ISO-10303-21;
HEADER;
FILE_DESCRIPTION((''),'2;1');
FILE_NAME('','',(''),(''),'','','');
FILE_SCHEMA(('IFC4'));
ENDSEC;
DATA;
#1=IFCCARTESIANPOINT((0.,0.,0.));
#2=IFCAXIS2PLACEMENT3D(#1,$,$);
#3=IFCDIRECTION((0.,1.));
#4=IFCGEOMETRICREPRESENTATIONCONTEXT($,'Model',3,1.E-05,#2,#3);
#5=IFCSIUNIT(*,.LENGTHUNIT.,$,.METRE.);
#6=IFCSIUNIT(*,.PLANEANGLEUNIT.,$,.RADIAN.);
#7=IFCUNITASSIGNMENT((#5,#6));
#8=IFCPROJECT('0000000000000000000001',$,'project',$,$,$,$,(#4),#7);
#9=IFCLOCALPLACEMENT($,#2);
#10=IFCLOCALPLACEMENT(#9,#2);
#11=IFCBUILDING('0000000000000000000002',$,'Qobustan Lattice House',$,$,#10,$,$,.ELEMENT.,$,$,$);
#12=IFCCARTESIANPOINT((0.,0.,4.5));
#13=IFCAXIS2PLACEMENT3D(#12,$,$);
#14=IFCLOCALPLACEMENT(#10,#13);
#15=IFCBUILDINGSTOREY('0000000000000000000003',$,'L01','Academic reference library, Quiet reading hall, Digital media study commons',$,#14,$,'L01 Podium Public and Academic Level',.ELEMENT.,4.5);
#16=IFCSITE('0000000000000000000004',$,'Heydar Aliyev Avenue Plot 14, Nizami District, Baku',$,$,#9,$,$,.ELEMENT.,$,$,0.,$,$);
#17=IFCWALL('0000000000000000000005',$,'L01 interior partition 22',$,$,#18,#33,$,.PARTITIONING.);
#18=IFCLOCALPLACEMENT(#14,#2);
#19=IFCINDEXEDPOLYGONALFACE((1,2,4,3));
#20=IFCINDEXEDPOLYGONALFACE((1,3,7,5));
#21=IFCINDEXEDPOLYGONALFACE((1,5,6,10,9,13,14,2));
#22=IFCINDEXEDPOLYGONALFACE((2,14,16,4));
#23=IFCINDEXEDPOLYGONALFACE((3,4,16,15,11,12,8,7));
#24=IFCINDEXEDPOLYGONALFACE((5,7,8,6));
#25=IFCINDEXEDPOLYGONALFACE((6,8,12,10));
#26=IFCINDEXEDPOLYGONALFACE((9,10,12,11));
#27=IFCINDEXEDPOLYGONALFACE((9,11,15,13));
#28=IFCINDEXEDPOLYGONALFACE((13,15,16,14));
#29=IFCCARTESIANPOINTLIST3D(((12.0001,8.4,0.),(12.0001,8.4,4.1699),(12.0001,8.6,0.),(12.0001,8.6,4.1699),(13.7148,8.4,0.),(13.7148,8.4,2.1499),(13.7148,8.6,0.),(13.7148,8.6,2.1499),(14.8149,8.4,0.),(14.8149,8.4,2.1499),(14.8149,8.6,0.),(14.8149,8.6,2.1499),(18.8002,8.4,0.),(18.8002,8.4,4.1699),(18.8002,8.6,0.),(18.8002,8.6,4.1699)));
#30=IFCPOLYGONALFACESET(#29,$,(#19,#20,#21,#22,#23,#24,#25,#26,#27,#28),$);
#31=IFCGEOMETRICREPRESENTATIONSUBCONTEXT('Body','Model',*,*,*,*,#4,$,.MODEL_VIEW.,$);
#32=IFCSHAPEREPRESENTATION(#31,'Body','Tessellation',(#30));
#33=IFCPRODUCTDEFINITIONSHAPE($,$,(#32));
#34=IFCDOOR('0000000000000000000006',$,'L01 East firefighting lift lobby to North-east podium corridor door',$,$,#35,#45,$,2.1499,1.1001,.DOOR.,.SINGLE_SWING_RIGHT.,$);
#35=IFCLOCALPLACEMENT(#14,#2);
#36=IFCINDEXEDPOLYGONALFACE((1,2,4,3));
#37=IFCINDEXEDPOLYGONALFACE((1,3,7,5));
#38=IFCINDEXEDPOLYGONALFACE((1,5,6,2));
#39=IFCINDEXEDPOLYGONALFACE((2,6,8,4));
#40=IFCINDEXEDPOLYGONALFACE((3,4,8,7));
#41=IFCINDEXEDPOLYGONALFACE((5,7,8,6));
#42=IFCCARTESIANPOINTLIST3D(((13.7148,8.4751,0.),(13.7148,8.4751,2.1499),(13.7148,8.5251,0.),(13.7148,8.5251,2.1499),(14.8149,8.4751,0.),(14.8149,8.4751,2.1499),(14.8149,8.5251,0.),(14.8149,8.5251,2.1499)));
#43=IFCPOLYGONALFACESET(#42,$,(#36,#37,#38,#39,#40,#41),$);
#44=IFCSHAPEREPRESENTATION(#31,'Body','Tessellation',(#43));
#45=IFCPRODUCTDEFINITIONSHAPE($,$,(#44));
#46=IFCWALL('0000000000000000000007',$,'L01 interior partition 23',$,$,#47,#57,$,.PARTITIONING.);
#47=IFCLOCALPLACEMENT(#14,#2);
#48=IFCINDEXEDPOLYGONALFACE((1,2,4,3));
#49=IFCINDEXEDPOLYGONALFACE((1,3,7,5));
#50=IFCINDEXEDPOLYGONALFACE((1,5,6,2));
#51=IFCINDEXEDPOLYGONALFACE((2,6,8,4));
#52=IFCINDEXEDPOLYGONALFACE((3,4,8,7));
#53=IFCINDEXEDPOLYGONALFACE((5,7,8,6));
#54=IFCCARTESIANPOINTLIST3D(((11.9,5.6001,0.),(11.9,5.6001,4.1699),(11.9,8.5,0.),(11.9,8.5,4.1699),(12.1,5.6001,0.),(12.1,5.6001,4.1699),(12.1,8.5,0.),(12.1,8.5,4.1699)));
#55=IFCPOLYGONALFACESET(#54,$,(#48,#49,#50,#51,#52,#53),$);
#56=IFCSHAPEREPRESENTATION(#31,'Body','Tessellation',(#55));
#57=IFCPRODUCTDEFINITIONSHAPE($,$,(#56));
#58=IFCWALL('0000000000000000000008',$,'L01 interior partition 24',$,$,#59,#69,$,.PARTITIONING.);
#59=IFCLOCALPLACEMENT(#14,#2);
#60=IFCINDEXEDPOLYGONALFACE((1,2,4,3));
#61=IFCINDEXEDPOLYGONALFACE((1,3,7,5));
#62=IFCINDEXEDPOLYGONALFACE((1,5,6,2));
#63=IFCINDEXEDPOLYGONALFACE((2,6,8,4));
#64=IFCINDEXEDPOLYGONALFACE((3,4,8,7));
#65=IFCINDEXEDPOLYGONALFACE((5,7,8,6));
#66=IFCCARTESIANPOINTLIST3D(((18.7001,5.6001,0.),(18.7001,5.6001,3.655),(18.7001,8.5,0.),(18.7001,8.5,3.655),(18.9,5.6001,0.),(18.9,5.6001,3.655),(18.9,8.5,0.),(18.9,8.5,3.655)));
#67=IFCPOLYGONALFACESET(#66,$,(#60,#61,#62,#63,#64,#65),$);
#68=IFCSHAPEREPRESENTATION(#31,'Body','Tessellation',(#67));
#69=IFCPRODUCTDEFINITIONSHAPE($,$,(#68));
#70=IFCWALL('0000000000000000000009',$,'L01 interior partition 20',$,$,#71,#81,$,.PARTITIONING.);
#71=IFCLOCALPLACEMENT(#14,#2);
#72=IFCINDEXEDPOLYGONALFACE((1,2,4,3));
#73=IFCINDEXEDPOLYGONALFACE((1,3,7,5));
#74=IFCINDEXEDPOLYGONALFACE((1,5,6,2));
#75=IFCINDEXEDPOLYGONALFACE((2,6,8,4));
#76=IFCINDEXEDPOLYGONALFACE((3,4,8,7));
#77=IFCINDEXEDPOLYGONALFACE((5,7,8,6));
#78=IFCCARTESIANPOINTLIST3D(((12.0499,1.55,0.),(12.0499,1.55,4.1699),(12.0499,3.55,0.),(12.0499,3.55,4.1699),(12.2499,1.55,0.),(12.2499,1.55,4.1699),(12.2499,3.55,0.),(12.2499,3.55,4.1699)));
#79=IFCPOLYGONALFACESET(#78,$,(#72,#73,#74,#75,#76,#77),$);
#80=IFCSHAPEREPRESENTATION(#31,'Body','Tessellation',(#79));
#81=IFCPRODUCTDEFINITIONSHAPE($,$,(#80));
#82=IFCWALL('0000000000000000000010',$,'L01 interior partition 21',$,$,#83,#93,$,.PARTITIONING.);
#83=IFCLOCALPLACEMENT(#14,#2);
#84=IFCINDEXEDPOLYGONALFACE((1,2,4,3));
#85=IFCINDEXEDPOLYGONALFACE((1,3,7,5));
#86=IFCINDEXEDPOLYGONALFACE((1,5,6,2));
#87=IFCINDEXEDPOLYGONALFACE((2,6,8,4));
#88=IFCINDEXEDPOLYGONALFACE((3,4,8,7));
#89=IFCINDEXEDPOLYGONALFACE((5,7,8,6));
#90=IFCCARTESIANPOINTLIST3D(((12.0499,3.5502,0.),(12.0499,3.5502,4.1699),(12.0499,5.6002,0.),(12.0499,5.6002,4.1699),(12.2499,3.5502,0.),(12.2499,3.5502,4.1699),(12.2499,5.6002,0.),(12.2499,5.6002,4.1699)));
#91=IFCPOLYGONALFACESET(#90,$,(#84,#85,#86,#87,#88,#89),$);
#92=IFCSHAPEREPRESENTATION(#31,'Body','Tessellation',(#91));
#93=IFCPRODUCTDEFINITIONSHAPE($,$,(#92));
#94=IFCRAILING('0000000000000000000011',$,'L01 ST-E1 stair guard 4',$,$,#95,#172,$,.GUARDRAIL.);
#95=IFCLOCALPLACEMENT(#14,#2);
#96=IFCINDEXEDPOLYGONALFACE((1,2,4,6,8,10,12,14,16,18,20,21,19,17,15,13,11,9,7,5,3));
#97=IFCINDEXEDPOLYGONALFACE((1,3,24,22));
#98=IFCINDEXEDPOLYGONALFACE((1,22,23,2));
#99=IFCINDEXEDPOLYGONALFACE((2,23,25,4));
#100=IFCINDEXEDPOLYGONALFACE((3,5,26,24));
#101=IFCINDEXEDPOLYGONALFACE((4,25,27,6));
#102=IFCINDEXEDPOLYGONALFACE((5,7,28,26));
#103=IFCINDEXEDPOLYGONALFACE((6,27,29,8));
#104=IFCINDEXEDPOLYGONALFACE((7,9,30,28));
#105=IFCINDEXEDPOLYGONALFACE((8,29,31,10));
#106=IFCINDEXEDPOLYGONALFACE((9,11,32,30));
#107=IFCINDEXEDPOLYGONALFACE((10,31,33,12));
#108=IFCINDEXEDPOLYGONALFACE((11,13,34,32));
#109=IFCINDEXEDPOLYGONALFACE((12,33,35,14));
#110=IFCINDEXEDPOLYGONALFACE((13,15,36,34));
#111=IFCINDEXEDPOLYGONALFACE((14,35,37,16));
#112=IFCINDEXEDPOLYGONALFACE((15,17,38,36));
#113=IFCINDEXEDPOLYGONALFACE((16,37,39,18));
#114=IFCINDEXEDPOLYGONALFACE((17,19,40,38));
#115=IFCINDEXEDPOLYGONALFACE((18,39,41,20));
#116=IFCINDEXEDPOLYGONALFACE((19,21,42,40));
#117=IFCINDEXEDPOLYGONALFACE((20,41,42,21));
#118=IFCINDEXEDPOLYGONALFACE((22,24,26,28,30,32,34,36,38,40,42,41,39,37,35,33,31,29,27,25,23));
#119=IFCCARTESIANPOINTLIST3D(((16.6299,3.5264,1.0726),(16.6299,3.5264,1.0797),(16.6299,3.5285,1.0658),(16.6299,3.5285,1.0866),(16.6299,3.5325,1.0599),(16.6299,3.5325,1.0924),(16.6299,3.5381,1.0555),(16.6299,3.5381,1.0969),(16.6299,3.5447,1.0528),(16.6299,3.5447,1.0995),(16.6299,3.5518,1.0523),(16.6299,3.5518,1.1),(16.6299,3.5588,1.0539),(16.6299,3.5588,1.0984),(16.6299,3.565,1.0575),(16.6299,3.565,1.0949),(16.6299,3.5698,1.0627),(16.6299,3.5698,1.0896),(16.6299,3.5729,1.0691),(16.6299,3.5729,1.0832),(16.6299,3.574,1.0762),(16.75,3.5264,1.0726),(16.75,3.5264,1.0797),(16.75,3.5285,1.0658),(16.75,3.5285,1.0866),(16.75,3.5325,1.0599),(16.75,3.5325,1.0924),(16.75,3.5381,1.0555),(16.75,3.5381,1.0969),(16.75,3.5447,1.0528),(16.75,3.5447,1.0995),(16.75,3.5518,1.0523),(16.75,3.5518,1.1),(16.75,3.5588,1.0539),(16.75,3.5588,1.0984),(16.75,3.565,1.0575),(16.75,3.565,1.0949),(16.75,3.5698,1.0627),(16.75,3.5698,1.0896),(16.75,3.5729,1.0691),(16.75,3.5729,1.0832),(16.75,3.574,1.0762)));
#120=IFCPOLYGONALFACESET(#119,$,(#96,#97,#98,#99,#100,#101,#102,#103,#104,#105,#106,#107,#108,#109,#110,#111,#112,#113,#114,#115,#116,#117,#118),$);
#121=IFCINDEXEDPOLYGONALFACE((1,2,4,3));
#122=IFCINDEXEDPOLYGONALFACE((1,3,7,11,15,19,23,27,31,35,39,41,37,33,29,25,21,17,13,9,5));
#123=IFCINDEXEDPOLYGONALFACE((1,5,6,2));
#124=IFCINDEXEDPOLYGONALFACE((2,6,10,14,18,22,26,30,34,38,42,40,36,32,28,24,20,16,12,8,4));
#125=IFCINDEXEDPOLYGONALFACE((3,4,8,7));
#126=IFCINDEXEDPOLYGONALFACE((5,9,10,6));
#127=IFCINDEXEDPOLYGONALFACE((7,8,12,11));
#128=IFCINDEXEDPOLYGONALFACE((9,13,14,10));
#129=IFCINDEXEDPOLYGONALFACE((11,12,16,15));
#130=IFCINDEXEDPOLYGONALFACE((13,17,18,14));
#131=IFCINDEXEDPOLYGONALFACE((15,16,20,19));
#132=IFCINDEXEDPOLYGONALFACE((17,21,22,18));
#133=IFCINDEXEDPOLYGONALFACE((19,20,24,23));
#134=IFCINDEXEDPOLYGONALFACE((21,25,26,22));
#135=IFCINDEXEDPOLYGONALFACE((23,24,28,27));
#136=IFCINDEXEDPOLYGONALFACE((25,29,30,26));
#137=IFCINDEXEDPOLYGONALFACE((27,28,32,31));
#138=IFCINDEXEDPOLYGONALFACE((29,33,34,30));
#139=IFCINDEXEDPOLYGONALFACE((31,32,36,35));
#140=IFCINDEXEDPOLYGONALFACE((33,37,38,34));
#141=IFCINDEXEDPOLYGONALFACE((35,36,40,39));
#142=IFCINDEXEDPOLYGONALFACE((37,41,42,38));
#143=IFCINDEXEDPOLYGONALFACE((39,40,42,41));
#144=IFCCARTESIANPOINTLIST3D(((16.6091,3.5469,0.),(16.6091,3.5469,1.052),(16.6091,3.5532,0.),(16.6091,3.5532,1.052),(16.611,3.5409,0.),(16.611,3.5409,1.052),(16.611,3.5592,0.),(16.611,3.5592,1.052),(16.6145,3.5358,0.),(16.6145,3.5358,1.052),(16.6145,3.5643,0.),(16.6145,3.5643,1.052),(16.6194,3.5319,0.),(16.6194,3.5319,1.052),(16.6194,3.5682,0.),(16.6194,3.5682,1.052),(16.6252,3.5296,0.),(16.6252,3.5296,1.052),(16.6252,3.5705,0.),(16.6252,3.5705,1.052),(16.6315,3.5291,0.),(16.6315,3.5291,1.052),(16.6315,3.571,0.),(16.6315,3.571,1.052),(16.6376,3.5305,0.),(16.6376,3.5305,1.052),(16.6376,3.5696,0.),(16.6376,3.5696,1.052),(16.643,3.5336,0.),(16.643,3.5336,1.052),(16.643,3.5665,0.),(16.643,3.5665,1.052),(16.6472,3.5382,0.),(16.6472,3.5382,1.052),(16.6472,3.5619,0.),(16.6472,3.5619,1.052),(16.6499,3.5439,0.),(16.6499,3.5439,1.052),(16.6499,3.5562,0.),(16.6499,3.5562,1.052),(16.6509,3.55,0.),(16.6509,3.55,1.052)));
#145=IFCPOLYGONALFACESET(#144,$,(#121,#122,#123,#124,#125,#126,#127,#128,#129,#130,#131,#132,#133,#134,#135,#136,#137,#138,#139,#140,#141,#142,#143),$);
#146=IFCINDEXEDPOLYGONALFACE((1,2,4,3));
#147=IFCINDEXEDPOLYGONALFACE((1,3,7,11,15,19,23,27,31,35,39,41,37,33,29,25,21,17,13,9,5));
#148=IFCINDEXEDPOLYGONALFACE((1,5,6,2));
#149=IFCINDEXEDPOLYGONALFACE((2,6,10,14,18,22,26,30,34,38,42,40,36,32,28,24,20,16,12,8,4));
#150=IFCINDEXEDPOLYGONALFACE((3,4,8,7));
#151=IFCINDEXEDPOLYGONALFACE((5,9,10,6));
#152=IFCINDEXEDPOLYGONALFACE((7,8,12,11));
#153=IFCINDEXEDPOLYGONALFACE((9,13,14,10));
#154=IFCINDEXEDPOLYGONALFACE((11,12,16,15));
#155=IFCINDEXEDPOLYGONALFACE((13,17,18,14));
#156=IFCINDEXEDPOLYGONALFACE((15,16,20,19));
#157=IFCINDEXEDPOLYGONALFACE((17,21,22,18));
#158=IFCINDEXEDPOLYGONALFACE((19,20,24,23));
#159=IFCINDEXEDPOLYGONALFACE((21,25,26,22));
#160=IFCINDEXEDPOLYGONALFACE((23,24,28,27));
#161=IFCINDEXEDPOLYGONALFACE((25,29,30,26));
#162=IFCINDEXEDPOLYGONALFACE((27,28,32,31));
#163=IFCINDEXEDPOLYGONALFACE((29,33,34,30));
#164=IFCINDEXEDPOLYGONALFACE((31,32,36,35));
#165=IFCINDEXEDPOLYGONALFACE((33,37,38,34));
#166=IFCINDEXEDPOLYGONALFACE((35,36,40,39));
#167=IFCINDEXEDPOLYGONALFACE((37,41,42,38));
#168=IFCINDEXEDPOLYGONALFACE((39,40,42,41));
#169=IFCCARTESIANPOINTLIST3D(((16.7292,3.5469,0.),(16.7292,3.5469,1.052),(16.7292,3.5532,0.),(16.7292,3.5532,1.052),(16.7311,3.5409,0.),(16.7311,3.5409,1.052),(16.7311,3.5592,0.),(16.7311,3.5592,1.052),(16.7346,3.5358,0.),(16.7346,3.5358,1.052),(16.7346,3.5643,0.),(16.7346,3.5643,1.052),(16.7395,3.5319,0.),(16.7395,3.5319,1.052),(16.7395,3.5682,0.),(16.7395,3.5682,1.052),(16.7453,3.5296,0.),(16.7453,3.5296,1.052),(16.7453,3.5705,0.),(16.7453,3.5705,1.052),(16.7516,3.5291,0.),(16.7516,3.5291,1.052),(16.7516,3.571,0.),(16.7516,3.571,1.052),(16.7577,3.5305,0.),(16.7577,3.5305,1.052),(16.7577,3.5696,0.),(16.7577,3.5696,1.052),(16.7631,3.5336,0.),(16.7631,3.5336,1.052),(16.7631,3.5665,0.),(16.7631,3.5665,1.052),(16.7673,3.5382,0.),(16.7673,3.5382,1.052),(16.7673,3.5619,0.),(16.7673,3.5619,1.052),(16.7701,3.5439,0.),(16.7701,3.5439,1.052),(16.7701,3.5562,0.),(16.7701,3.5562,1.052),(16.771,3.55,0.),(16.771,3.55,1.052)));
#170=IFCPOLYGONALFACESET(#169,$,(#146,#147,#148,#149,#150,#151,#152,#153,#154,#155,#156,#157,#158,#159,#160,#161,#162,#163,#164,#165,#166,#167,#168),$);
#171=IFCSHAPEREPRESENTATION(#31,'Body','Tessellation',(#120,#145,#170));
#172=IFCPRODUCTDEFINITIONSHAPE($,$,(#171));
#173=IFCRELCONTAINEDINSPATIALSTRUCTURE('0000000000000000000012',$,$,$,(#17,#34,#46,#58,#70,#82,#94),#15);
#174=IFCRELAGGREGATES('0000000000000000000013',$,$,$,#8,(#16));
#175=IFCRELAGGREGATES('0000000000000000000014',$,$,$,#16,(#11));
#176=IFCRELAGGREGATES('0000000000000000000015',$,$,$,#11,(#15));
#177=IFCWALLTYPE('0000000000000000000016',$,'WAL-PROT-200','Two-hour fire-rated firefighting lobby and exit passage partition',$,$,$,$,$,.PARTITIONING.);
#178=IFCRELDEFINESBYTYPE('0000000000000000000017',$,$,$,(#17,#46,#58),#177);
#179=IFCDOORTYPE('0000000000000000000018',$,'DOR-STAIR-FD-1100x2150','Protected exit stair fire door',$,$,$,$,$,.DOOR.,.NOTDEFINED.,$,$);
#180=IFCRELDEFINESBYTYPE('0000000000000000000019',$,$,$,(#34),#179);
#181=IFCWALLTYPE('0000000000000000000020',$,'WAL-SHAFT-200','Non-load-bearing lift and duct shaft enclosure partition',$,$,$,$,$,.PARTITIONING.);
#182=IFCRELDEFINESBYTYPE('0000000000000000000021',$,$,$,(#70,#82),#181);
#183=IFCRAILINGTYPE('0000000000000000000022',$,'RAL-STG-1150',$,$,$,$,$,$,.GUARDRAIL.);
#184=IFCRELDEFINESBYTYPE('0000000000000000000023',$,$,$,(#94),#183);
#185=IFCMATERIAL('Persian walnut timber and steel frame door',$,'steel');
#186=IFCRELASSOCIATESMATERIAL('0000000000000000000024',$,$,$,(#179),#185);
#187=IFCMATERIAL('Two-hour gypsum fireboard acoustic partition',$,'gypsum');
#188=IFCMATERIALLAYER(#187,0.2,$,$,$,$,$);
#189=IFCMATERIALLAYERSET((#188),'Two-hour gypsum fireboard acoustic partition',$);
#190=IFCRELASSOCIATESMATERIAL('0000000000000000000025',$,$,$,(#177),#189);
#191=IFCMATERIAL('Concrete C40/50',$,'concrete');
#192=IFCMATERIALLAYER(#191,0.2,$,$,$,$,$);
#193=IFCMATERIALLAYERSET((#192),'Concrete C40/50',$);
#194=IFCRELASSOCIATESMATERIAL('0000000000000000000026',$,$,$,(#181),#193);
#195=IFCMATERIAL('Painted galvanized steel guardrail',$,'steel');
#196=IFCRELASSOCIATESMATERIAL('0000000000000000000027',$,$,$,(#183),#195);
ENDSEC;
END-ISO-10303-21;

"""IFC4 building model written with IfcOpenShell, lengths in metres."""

from ifc_helpers import new_model, si_unit, direction, frame, frame_2d, origin, origin_2d, place, context, subcontext, project, spatial, rectangle, circle, extrude, material, layer, layer_set, type_object, element, fill, save


model = new_model("IFC4")

# Units and contexts
model_context = context("Model", 3, precision=1e-05, world=origin(), true_north=direction((0.0, 1.0)))
body_context = subcontext(model_context, "Body", "Model", "MODEL_VIEW")
ifc_project = project(units=[si_unit("LENGTHUNIT", "METRE"), si_unit("PLANEANGLEUNIT", "RADIAN")], contexts=[model_context])

# Site, building, storey
site_placement = place(None, origin())
site = spatial("IfcSite", under=ifc_project, at=site_placement, Name="Heydar Aliyev Avenue Plot 14, Nizami District, Baku", CompositionType="ELEMENT", RefElevation=0.0)
building_placement = place(site_placement, origin())
building = spatial("IfcBuilding", under=site, at=building_placement, Name="Qobustan Lattice House", CompositionType="ELEMENT")
storey_placement = place(building_placement, frame((0.0, 0.0, 4.5)))
storey = spatial("IfcBuildingStorey", under=building, at=storey_placement, Name="L01", Description="Academic reference library, Quiet reading hall, Digital media study commons", LongName="L01 Podium Public and Academic Level", CompositionType="ELEMENT", Elevation=4.5)

# Shared definitions
ifc_material_1 = material(Name="Persian walnut timber and steel frame door", Category="steel")
door_type_1 = type_object("IfcDoorType", Name="DOR-STAIR-FD-1100x2150", Description="Protected exit stair fire door", OperationType="NOTDEFINED", PredefinedType="DOOR", material=ifc_material_1)

# Wall, opening, door
ifc_material_2 = material(Name="Two-hour gypsum fireboard acoustic partition", Category="gypsum")
ifc_layer_1 = layer(ifc_material_2, 0.2)
ifc_layer_set_1 = layer_set([ifc_layer_1], Name="Two-hour gypsum fireboard acoustic partition")
wall_type_1 = type_object("IfcWallType", Name="WAL-PROT-200", Description="Two-hour fire-rated firefighting lobby and exit passage partition", PredefinedType="PARTITIONING", material=ifc_layer_set_1)
wall_1_placement = place(storey_placement, frame((18.8, 8.5, 0.0), z_axis=(0.0, 0.0, 1.0), x_axis=(-1.0, 0.0, 0.0)))
wall_1 = element("IfcWall", 1, at=wall_1_placement, inside=storey, type_object=wall_type_1, Name="L01 interior partition 22", PredefinedType="PARTITIONING", context=body_context, shape_type="SweptSolid", body=[
    extrude(rectangle(XDim=6.8, YDim=0.2, at=frame_2d((3.3999, 0.0))), origin(), (0.0, 0.0, 1.0), 4.1699),
])
opening_1_placement = place(wall_1_placement, frame((3.9851, 0.0, 0.0)))
opening_1 = element("IfcOpeningElement", 2, at=opening_1_placement, cuts=wall_1, PredefinedType="OPENING", context=body_context, shape_type="SweptSolid", body=[
    extrude(rectangle(XDim=1.1001, YDim=2.1499, at=frame_2d((0.55, 1.075))), frame((0.0, 0.1099, 0.0), z_axis=(0.0, -1.0, 0.0), x_axis=(1.0, 0.0, 0.0)), (0.0, 0.0, 1.0), 0.22),
])
door_1_placement = place(opening_1_placement, origin())
door_1 = element("IfcDoor", 3, at=door_1_placement, inside=storey, type_object=door_type_1, Name="L01 East firefighting lift lobby to North-east podium corridor door", OperationType="SINGLE_SWING_RIGHT", OverallHeight=2.1499, OverallWidth=1.1001, PredefinedType="DOOR", context=body_context, shape_type="SweptSolid", body=[
    extrude(rectangle(XDim=1.1001, YDim=2.1499, at=frame_2d((0.55, 1.075))), frame((0.0, 0.0249, 0.0), z_axis=(0.0, -1.0, 0.0), x_axis=(1.0, 0.0, 0.0)), (0.0, 0.0, 1.0), 0.05),
])
fill(opening_1, door_1)

# Walls
wall_2_placement = place(storey_placement, frame((12.0, 8.5, 0.0), z_axis=(0.0, 0.0, 1.0), x_axis=(0.0, -1.0, 0.0)))
element("IfcWall", 4, at=wall_2_placement, inside=storey, type_object=wall_type_1, Name="L01 interior partition 23", PredefinedType="PARTITIONING", context=body_context, shape_type="SweptSolid", body=[
    extrude(rectangle(XDim=2.8999, YDim=0.2, at=frame_2d((1.45, 0.0))), origin(), (0.0, 0.0, 1.0), 4.1699),
])
wall_3_placement = place(storey_placement, frame((18.8, 5.6001, 0.0), z_axis=(0.0, 0.0, 1.0), x_axis=(0.0, 1.0, 0.0)))
element("IfcWall", 5, at=wall_3_placement, inside=storey, type_object=wall_type_1, Name="L01 interior partition 24", PredefinedType="PARTITIONING", context=body_context, shape_type="SweptSolid", body=[
    extrude(rectangle(XDim=2.8999, YDim=0.2, at=frame_2d((1.45, 0.0))), origin(), (0.0, 0.0, 1.0), 3.655),
])
ifc_material_3 = material(Name="Concrete C40/50", Category="concrete")
ifc_layer_2 = layer(ifc_material_3, 0.2)
ifc_layer_set_2 = layer_set([ifc_layer_2], Name="Concrete C40/50")
wall_type_2 = type_object("IfcWallType", Name="WAL-SHAFT-200", Description="Non-load-bearing lift and duct shaft enclosure partition", PredefinedType="PARTITIONING", material=ifc_layer_set_2)
wall_4_placement = place(storey_placement, frame((12.1499, 3.55, 0.0), z_axis=(0.0, 0.0, 1.0), x_axis=(0.0, -1.0, 0.0)))
element("IfcWall", 6, at=wall_4_placement, inside=storey, type_object=wall_type_2, Name="L01 interior partition 20", PredefinedType="PARTITIONING", context=body_context, shape_type="SweptSolid", body=[
    extrude(rectangle(XDim=2.0, YDim=0.2, at=frame_2d((1.0, 0.0))), origin(), (0.0, 0.0, 1.0), 4.1699),
])
wall_5_placement = place(storey_placement, frame((12.1499, 5.6001, 0.0), z_axis=(0.0, 0.0, 1.0), x_axis=(0.0, -1.0, 0.0)))
element("IfcWall", 7, at=wall_5_placement, inside=storey, type_object=wall_type_2, Name="L01 interior partition 21", PredefinedType="PARTITIONING", context=body_context, shape_type="SweptSolid", body=[
    extrude(rectangle(XDim=2.05, YDim=0.2, at=frame_2d((1.0249, 0.0))), origin(), (0.0, 0.0, 1.0), 4.1699),
])

# Railing
ifc_material_4 = material(Name="Painted galvanized steel guardrail", Category="steel")
railing_type = type_object("IfcRailingType", Name="RAL-STG-1150", PredefinedType="GUARDRAIL", material=ifc_material_4)
railing_placement = place(storey_placement, frame((16.6299, 3.55, 0.0)))
element("IfcRailing", 8, at=railing_placement, inside=storey, type_object=railing_type, Name="L01 ST-E1 stair guard 4", PredefinedType="GUARDRAIL", context=body_context, shape_type="SweptSolid", body=[
    extrude(circle(Radius=0.0239, at=origin_2d()), frame((0.0, 0.0, 1.0762), z_axis=(1.0, 0.0, 0.0), x_axis=(0.0, 1.0, 0.0)), (0.0, 0.0, 1.0), 0.1201),
    extrude(circle(Radius=0.021, at=origin_2d()), origin(), (0.0, 0.0, 1.0), 1.052),
    extrude(circle(Radius=0.021, at=origin_2d()), frame((0.1201, 0.0, 0.0)), (0.0, 0.0, 1.0), 1.052),
])

save(model, "model.ifc")
